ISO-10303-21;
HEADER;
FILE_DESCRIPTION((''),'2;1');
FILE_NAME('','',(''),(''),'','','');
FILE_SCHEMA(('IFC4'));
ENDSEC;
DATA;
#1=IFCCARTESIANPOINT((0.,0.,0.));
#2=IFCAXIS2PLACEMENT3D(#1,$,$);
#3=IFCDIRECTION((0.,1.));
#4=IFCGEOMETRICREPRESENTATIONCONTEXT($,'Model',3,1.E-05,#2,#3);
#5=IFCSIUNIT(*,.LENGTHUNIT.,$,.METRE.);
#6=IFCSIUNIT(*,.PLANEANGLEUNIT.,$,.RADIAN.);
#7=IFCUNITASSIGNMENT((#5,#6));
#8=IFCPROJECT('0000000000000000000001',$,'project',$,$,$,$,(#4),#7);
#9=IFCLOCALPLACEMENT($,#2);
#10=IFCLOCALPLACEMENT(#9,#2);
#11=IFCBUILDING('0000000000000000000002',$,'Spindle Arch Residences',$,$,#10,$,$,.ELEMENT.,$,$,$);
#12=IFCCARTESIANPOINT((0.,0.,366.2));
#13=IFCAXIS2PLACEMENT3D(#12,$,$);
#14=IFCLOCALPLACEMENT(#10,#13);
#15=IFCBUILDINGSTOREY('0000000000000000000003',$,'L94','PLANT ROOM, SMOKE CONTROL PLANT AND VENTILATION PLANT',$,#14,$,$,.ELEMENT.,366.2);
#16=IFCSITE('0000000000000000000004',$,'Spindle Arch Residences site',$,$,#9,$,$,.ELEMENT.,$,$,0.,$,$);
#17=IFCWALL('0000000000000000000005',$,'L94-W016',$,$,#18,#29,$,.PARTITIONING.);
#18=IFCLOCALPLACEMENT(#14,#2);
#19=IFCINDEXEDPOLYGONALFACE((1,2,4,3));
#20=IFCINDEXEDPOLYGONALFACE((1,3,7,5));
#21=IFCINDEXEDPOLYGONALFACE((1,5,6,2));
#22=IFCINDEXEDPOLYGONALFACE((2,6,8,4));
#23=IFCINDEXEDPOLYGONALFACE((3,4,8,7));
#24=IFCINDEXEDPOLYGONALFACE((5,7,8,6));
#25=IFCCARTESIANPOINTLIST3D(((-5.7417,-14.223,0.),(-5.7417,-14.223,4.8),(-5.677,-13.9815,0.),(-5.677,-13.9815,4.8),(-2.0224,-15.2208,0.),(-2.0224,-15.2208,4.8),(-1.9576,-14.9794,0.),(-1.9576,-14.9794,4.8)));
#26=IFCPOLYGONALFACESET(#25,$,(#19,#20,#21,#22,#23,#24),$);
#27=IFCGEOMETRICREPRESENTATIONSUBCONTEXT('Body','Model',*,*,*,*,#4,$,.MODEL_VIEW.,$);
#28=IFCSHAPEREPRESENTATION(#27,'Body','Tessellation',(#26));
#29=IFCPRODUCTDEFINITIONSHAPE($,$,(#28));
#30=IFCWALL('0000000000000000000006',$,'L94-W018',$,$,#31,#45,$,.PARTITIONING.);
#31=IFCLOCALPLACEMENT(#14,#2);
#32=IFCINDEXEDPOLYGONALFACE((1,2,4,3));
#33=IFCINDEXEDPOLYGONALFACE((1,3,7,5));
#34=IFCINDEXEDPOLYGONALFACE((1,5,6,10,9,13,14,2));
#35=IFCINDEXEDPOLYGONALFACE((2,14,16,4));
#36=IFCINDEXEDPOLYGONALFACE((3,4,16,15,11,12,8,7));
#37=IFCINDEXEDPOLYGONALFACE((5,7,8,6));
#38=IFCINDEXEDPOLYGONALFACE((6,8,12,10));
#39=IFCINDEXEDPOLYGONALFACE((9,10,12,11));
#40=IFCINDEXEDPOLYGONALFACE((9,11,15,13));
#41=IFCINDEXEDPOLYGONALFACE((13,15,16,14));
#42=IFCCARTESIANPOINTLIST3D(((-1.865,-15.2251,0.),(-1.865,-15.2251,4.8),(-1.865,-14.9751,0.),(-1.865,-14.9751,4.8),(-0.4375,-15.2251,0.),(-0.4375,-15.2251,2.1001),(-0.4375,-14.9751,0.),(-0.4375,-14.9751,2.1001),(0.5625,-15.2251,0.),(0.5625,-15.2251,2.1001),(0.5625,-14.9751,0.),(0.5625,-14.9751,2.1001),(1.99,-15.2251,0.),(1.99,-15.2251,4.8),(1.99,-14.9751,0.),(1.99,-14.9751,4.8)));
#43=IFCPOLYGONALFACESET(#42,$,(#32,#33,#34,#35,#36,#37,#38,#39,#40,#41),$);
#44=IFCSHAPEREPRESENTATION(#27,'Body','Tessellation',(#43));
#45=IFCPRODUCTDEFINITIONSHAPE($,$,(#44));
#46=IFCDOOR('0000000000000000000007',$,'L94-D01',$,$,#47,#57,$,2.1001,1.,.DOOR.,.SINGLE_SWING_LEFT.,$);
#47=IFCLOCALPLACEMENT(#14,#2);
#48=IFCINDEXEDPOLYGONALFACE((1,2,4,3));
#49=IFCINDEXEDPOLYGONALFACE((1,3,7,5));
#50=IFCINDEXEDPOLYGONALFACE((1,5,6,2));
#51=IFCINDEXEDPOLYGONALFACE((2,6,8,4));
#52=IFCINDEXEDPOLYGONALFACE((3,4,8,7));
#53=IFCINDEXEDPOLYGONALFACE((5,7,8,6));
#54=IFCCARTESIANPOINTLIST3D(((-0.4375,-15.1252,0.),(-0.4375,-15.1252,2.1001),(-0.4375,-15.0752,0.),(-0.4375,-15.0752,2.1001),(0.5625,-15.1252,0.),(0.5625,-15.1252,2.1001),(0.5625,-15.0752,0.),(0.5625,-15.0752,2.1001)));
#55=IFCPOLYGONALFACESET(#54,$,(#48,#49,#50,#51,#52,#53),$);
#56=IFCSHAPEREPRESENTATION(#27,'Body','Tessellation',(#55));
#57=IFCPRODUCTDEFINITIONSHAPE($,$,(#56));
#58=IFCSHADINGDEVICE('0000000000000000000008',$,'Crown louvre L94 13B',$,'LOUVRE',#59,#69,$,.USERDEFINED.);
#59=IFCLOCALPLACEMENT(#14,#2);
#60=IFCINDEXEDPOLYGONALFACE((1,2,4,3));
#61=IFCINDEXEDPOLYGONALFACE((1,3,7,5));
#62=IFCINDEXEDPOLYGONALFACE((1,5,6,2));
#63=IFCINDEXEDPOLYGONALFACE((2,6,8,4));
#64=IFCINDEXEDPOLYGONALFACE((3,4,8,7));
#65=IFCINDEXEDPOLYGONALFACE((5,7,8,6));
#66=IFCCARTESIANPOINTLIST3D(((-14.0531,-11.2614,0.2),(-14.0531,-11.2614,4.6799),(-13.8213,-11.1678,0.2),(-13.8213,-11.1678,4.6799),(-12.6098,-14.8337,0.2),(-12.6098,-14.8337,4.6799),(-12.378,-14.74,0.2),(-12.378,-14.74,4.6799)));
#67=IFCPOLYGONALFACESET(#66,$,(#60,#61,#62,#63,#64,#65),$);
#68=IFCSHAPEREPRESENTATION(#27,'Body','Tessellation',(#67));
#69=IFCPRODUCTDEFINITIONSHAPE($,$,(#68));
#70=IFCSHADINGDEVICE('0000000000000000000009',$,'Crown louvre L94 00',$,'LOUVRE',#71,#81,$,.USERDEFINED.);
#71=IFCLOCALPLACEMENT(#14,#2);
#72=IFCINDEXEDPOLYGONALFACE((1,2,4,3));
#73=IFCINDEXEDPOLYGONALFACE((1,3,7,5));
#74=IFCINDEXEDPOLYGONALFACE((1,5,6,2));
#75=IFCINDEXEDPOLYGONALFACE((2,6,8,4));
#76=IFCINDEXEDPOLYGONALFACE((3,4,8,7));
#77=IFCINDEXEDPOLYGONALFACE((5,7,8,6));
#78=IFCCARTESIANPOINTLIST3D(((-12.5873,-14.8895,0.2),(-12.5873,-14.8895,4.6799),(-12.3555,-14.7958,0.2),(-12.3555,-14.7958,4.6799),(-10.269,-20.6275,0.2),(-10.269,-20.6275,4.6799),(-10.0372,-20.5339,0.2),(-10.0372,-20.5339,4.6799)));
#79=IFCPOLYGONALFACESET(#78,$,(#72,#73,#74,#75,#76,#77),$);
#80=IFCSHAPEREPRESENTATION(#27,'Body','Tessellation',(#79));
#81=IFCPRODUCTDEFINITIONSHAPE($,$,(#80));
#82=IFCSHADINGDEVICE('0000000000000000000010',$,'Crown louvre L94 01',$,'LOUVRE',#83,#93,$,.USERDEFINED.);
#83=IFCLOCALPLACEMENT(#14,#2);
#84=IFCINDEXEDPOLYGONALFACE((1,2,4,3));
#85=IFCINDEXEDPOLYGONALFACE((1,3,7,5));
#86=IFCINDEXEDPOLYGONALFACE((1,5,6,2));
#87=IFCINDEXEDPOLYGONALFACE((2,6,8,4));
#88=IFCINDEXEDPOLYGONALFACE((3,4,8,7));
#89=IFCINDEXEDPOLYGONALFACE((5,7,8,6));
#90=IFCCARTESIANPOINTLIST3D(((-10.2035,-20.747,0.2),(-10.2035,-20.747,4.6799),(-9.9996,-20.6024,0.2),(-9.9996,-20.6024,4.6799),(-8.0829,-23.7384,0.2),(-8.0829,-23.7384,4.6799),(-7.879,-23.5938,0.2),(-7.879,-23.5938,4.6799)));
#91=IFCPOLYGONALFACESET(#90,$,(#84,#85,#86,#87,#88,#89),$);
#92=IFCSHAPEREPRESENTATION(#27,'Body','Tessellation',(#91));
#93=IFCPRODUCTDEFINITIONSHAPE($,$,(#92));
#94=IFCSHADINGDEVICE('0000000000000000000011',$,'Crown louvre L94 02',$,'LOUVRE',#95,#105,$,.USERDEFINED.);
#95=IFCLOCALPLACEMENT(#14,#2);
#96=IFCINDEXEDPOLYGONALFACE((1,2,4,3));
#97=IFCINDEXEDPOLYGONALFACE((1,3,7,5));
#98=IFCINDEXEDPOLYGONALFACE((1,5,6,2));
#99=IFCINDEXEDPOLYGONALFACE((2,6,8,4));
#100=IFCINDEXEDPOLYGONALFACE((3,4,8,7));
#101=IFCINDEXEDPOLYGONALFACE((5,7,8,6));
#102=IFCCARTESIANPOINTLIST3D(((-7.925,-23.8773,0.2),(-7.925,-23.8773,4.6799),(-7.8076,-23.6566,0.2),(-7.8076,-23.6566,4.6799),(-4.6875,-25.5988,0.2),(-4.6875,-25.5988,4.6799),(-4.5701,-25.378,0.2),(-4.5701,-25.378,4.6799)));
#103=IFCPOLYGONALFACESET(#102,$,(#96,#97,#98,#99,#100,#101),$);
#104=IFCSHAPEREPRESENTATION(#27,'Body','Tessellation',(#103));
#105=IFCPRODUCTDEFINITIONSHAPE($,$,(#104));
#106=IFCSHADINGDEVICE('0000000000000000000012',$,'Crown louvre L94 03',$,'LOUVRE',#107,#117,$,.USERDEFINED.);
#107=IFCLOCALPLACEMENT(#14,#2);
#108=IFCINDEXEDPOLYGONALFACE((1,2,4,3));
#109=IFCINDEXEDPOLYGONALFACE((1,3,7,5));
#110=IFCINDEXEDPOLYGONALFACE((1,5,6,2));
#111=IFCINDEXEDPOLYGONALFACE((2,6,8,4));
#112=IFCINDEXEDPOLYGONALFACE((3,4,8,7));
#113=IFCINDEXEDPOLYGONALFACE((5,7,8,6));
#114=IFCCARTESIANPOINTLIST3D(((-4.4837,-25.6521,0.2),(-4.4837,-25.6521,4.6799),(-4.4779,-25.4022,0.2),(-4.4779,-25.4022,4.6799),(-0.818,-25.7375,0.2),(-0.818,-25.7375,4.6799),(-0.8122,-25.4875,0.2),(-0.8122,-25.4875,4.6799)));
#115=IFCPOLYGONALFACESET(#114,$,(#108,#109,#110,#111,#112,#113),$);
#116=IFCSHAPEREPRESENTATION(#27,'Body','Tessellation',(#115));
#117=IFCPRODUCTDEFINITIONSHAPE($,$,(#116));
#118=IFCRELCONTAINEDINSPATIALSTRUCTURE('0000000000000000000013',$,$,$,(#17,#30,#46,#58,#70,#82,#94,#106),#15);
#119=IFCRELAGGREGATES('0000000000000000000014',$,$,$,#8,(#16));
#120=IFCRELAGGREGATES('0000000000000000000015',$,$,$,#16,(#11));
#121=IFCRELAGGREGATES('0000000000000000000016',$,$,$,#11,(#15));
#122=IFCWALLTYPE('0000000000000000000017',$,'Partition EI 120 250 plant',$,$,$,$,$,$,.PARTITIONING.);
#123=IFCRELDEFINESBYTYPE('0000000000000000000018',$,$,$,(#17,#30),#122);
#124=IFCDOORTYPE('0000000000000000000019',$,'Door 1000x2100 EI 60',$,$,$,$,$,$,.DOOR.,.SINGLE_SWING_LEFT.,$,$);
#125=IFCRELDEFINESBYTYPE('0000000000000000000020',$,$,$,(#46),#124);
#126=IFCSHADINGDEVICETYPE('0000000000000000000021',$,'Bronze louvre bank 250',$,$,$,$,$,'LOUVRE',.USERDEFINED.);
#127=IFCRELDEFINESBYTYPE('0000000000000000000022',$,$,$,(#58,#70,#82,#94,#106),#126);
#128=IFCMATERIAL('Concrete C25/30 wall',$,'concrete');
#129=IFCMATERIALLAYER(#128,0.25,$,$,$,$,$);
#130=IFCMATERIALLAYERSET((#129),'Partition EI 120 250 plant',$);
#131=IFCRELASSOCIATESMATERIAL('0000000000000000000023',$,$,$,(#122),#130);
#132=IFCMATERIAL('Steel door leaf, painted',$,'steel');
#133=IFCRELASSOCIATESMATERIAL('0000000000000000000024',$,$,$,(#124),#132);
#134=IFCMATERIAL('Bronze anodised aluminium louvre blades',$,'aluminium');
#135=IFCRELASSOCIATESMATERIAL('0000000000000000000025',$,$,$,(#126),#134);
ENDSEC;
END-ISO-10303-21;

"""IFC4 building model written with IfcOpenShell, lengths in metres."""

from ifc_helpers import new_model, si_unit, direction, frame, frame_2d, origin, origin_2d, place, context, subcontext, project, spatial, rectangle, extrude, material, layer, layer_set, type_object, element, fill, save


model = new_model("IFC4")

# Units and contexts
model_context = context("Model", 3, precision=1e-05, world=origin(), true_north=direction((0.0, 1.0)))
body_context = subcontext(model_context, "Body", "Model", "MODEL_VIEW")
ifc_project = project(units=[si_unit("LENGTHUNIT", "METRE"), si_unit("PLANEANGLEUNIT", "RADIAN")], contexts=[model_context])

# Site, building, storey
site_placement = place(None, origin())
site = spatial("IfcSite", under=ifc_project, at=site_placement, Name="Spindle Arch Residences site", CompositionType="ELEMENT", RefElevation=0.0)
building_placement = place(site_placement, origin())
building = spatial("IfcBuilding", under=site, at=building_placement, Name="Spindle Arch Residences", CompositionType="ELEMENT")
storey_placement = place(building_placement, frame((0.0, 0.0, 366.2)))
storey = spatial("IfcBuildingStorey", under=building, at=storey_placement, Name="L94", Description="PLANT ROOM, SMOKE CONTROL PLANT AND VENTILATION PLANT", CompositionType="ELEMENT", Elevation=366.2)

# Wall
ifc_material_1 = material(Name="Concrete C25/30 wall", Category="concrete")
ifc_layer_1 = layer(ifc_material_1, 0.25)
ifc_layer_set_1 = layer_set([ifc_layer_1], Name="Partition EI 120 250 plant")
wall_type = type_object("IfcWallType", Name="Partition EI 120 250 plant", PredefinedType="PARTITIONING", material=ifc_layer_set_1)
wall_1_placement = place(storey_placement, frame((-5.7092, -14.1023, 0.0), z_axis=(0.0, 0.0, 1.0), x_axis=(0.965846, -0.259118, 0.0)))
element("IfcWall", 1, at=wall_1_placement, inside=storey, type_object=wall_type, Name="L94-W016", PredefinedType="PARTITIONING", context=body_context, shape_type="SweptSolid", body=[
    extrude(rectangle(XDim=3.8508, YDim=0.25, at=frame_2d((1.9253, 0.0))), origin(), (0.0, 0.0, 1.0), 4.8),
])

# Wall, opening, door
wall_2_placement = place(storey_placement, frame((-1.865, -15.1001, 0.0), z_axis=(0.0, 0.0, 1.0), x_axis=(1.0, 0.0, 0.0)))
wall_2 = element("IfcWall", 2, at=wall_2_placement, inside=storey, type_object=wall_type, Name="L94-W018", PredefinedType="PARTITIONING", context=body_context, shape_type="SweptSolid", body=[
    extrude(rectangle(XDim=3.855, YDim=0.25, at=frame_2d((1.9275, 0.0))), origin(), (0.0, 0.0, 1.0), 4.8),
])
opening_placement = place(wall_2_placement, frame((1.4275, 0.0, 0.0)))
opening = element("IfcOpeningElement", 3, at=opening_placement, cuts=wall_2, PredefinedType="OPENING", context=body_context, shape_type="SweptSolid", body=[
    extrude(rectangle(XDim=1.0, YDim=2.1001, at=frame_2d((0.5, 1.05))), frame((0.0, 0.135, 0.0), z_axis=(0.0, -1.0, 0.0), x_axis=(1.0, 0.0, 0.0)), (0.0, 0.0, 1.0), 0.27),
])
ifc_material_2 = material(Name="Steel door leaf, painted", Category="steel")
door_type = type_object("IfcDoorType", Name="Door 1000x2100 EI 60", OperationType="SINGLE_SWING_LEFT", PredefinedType="DOOR", material=ifc_material_2)
door_placement = place(opening_placement, origin())
door = element("IfcDoor", 4, at=door_placement, inside=storey, type_object=door_type, Name="L94-D01", OperationType="SINGLE_SWING_LEFT", OverallHeight=2.1001, OverallWidth=1.0, PredefinedType="DOOR", context=body_context, shape_type="SweptSolid", body=[
    extrude(rectangle(XDim=1.0, YDim=2.1001, at=frame_2d((0.5, 1.05))), frame((0.0, 0.0249, 0.0), z_axis=(0.0, -1.0, 0.0), x_axis=(1.0, 0.0, 0.0)), (0.0, 0.0, 1.0), 0.05),
])
fill(opening, door)

# Shading devices
ifc_material_3 = material(Name="Bronze anodised aluminium louvre blades", Category="aluminium")
shading_device_type = type_object("IfcShadingDeviceType", Name="Bronze louvre bank 250", ElementType="LOUVRE", PredefinedType="USERDEFINED", material=ifc_material_3)
shading_device_1_placement = place(storey_placement, frame((-13.2156, -13.0007, 0.2), z_axis=(0.0, 0.0, 1.0), x_axis=(0.374607, -0.927184, 0.0)))
element("IfcShadingDevice", 5, at=shading_device_1_placement, inside=storey, type_object=shading_device_type, Name="Crown louvre L94 13B", ObjectType="LOUVRE", PredefinedType="USERDEFINED", context=body_context, shape_type="SweptSolid", body=[
    extrude(rectangle(XDim=3.8528, YDim=0.25, at=origin_2d()), origin(), (0.0, 0.0, 1.0), 4.48),
])
shading_device_2_placement = place(storey_placement, frame((-11.3123, -17.7117, 0.2), z_axis=(0.0, 0.0, 1.0), x_axis=(0.374607, -0.927184, 0.0)))
element("IfcShadingDevice", 6, at=shading_device_2_placement, inside=storey, type_object=shading_device_type, Name="Crown louvre L94 00", ObjectType="LOUVRE", PredefinedType="USERDEFINED", context=body_context, shape_type="SweptSolid", body=[
    extrude(rectangle(XDim=6.1887, YDim=0.25, at=origin_2d()), origin(), (0.0, 0.0, 1.0), 4.48),
])
for number, where, z_axis, x_axis, name in (
    (7, (-9.0413, -22.1704, 0.2), (0.0, 0.0, 1.0), (0.578332, -0.815801, 0.0), "Crown louvre L94 01"),
    (8, (-6.2476, -24.6277, 0.2), (0.0, 0.0, 1.0), (0.882948, -0.469472, 0.0), "Crown louvre L94 02"),
    (9, (-2.6479, -25.5698, 0.2), (0.0, 0.0, 1.0), (0.999729, -0.023269, 0.0), "Crown louvre L94 03"),
):
    element("IfcShadingDevice", number, at=place(storey_placement, frame(where, z_axis=z_axis, x_axis=x_axis)), inside=storey, type_object=shading_device_type, Name=name, ObjectType="LOUVRE", PredefinedType="USERDEFINED", context=body_context, shape_type="SweptSolid", body=[
        extrude(rectangle(XDim=3.6667, YDim=0.25, at=origin_2d()), origin(), (0.0, 0.0, 1.0), 4.48),
    ])

save(model, "model.ifc")
